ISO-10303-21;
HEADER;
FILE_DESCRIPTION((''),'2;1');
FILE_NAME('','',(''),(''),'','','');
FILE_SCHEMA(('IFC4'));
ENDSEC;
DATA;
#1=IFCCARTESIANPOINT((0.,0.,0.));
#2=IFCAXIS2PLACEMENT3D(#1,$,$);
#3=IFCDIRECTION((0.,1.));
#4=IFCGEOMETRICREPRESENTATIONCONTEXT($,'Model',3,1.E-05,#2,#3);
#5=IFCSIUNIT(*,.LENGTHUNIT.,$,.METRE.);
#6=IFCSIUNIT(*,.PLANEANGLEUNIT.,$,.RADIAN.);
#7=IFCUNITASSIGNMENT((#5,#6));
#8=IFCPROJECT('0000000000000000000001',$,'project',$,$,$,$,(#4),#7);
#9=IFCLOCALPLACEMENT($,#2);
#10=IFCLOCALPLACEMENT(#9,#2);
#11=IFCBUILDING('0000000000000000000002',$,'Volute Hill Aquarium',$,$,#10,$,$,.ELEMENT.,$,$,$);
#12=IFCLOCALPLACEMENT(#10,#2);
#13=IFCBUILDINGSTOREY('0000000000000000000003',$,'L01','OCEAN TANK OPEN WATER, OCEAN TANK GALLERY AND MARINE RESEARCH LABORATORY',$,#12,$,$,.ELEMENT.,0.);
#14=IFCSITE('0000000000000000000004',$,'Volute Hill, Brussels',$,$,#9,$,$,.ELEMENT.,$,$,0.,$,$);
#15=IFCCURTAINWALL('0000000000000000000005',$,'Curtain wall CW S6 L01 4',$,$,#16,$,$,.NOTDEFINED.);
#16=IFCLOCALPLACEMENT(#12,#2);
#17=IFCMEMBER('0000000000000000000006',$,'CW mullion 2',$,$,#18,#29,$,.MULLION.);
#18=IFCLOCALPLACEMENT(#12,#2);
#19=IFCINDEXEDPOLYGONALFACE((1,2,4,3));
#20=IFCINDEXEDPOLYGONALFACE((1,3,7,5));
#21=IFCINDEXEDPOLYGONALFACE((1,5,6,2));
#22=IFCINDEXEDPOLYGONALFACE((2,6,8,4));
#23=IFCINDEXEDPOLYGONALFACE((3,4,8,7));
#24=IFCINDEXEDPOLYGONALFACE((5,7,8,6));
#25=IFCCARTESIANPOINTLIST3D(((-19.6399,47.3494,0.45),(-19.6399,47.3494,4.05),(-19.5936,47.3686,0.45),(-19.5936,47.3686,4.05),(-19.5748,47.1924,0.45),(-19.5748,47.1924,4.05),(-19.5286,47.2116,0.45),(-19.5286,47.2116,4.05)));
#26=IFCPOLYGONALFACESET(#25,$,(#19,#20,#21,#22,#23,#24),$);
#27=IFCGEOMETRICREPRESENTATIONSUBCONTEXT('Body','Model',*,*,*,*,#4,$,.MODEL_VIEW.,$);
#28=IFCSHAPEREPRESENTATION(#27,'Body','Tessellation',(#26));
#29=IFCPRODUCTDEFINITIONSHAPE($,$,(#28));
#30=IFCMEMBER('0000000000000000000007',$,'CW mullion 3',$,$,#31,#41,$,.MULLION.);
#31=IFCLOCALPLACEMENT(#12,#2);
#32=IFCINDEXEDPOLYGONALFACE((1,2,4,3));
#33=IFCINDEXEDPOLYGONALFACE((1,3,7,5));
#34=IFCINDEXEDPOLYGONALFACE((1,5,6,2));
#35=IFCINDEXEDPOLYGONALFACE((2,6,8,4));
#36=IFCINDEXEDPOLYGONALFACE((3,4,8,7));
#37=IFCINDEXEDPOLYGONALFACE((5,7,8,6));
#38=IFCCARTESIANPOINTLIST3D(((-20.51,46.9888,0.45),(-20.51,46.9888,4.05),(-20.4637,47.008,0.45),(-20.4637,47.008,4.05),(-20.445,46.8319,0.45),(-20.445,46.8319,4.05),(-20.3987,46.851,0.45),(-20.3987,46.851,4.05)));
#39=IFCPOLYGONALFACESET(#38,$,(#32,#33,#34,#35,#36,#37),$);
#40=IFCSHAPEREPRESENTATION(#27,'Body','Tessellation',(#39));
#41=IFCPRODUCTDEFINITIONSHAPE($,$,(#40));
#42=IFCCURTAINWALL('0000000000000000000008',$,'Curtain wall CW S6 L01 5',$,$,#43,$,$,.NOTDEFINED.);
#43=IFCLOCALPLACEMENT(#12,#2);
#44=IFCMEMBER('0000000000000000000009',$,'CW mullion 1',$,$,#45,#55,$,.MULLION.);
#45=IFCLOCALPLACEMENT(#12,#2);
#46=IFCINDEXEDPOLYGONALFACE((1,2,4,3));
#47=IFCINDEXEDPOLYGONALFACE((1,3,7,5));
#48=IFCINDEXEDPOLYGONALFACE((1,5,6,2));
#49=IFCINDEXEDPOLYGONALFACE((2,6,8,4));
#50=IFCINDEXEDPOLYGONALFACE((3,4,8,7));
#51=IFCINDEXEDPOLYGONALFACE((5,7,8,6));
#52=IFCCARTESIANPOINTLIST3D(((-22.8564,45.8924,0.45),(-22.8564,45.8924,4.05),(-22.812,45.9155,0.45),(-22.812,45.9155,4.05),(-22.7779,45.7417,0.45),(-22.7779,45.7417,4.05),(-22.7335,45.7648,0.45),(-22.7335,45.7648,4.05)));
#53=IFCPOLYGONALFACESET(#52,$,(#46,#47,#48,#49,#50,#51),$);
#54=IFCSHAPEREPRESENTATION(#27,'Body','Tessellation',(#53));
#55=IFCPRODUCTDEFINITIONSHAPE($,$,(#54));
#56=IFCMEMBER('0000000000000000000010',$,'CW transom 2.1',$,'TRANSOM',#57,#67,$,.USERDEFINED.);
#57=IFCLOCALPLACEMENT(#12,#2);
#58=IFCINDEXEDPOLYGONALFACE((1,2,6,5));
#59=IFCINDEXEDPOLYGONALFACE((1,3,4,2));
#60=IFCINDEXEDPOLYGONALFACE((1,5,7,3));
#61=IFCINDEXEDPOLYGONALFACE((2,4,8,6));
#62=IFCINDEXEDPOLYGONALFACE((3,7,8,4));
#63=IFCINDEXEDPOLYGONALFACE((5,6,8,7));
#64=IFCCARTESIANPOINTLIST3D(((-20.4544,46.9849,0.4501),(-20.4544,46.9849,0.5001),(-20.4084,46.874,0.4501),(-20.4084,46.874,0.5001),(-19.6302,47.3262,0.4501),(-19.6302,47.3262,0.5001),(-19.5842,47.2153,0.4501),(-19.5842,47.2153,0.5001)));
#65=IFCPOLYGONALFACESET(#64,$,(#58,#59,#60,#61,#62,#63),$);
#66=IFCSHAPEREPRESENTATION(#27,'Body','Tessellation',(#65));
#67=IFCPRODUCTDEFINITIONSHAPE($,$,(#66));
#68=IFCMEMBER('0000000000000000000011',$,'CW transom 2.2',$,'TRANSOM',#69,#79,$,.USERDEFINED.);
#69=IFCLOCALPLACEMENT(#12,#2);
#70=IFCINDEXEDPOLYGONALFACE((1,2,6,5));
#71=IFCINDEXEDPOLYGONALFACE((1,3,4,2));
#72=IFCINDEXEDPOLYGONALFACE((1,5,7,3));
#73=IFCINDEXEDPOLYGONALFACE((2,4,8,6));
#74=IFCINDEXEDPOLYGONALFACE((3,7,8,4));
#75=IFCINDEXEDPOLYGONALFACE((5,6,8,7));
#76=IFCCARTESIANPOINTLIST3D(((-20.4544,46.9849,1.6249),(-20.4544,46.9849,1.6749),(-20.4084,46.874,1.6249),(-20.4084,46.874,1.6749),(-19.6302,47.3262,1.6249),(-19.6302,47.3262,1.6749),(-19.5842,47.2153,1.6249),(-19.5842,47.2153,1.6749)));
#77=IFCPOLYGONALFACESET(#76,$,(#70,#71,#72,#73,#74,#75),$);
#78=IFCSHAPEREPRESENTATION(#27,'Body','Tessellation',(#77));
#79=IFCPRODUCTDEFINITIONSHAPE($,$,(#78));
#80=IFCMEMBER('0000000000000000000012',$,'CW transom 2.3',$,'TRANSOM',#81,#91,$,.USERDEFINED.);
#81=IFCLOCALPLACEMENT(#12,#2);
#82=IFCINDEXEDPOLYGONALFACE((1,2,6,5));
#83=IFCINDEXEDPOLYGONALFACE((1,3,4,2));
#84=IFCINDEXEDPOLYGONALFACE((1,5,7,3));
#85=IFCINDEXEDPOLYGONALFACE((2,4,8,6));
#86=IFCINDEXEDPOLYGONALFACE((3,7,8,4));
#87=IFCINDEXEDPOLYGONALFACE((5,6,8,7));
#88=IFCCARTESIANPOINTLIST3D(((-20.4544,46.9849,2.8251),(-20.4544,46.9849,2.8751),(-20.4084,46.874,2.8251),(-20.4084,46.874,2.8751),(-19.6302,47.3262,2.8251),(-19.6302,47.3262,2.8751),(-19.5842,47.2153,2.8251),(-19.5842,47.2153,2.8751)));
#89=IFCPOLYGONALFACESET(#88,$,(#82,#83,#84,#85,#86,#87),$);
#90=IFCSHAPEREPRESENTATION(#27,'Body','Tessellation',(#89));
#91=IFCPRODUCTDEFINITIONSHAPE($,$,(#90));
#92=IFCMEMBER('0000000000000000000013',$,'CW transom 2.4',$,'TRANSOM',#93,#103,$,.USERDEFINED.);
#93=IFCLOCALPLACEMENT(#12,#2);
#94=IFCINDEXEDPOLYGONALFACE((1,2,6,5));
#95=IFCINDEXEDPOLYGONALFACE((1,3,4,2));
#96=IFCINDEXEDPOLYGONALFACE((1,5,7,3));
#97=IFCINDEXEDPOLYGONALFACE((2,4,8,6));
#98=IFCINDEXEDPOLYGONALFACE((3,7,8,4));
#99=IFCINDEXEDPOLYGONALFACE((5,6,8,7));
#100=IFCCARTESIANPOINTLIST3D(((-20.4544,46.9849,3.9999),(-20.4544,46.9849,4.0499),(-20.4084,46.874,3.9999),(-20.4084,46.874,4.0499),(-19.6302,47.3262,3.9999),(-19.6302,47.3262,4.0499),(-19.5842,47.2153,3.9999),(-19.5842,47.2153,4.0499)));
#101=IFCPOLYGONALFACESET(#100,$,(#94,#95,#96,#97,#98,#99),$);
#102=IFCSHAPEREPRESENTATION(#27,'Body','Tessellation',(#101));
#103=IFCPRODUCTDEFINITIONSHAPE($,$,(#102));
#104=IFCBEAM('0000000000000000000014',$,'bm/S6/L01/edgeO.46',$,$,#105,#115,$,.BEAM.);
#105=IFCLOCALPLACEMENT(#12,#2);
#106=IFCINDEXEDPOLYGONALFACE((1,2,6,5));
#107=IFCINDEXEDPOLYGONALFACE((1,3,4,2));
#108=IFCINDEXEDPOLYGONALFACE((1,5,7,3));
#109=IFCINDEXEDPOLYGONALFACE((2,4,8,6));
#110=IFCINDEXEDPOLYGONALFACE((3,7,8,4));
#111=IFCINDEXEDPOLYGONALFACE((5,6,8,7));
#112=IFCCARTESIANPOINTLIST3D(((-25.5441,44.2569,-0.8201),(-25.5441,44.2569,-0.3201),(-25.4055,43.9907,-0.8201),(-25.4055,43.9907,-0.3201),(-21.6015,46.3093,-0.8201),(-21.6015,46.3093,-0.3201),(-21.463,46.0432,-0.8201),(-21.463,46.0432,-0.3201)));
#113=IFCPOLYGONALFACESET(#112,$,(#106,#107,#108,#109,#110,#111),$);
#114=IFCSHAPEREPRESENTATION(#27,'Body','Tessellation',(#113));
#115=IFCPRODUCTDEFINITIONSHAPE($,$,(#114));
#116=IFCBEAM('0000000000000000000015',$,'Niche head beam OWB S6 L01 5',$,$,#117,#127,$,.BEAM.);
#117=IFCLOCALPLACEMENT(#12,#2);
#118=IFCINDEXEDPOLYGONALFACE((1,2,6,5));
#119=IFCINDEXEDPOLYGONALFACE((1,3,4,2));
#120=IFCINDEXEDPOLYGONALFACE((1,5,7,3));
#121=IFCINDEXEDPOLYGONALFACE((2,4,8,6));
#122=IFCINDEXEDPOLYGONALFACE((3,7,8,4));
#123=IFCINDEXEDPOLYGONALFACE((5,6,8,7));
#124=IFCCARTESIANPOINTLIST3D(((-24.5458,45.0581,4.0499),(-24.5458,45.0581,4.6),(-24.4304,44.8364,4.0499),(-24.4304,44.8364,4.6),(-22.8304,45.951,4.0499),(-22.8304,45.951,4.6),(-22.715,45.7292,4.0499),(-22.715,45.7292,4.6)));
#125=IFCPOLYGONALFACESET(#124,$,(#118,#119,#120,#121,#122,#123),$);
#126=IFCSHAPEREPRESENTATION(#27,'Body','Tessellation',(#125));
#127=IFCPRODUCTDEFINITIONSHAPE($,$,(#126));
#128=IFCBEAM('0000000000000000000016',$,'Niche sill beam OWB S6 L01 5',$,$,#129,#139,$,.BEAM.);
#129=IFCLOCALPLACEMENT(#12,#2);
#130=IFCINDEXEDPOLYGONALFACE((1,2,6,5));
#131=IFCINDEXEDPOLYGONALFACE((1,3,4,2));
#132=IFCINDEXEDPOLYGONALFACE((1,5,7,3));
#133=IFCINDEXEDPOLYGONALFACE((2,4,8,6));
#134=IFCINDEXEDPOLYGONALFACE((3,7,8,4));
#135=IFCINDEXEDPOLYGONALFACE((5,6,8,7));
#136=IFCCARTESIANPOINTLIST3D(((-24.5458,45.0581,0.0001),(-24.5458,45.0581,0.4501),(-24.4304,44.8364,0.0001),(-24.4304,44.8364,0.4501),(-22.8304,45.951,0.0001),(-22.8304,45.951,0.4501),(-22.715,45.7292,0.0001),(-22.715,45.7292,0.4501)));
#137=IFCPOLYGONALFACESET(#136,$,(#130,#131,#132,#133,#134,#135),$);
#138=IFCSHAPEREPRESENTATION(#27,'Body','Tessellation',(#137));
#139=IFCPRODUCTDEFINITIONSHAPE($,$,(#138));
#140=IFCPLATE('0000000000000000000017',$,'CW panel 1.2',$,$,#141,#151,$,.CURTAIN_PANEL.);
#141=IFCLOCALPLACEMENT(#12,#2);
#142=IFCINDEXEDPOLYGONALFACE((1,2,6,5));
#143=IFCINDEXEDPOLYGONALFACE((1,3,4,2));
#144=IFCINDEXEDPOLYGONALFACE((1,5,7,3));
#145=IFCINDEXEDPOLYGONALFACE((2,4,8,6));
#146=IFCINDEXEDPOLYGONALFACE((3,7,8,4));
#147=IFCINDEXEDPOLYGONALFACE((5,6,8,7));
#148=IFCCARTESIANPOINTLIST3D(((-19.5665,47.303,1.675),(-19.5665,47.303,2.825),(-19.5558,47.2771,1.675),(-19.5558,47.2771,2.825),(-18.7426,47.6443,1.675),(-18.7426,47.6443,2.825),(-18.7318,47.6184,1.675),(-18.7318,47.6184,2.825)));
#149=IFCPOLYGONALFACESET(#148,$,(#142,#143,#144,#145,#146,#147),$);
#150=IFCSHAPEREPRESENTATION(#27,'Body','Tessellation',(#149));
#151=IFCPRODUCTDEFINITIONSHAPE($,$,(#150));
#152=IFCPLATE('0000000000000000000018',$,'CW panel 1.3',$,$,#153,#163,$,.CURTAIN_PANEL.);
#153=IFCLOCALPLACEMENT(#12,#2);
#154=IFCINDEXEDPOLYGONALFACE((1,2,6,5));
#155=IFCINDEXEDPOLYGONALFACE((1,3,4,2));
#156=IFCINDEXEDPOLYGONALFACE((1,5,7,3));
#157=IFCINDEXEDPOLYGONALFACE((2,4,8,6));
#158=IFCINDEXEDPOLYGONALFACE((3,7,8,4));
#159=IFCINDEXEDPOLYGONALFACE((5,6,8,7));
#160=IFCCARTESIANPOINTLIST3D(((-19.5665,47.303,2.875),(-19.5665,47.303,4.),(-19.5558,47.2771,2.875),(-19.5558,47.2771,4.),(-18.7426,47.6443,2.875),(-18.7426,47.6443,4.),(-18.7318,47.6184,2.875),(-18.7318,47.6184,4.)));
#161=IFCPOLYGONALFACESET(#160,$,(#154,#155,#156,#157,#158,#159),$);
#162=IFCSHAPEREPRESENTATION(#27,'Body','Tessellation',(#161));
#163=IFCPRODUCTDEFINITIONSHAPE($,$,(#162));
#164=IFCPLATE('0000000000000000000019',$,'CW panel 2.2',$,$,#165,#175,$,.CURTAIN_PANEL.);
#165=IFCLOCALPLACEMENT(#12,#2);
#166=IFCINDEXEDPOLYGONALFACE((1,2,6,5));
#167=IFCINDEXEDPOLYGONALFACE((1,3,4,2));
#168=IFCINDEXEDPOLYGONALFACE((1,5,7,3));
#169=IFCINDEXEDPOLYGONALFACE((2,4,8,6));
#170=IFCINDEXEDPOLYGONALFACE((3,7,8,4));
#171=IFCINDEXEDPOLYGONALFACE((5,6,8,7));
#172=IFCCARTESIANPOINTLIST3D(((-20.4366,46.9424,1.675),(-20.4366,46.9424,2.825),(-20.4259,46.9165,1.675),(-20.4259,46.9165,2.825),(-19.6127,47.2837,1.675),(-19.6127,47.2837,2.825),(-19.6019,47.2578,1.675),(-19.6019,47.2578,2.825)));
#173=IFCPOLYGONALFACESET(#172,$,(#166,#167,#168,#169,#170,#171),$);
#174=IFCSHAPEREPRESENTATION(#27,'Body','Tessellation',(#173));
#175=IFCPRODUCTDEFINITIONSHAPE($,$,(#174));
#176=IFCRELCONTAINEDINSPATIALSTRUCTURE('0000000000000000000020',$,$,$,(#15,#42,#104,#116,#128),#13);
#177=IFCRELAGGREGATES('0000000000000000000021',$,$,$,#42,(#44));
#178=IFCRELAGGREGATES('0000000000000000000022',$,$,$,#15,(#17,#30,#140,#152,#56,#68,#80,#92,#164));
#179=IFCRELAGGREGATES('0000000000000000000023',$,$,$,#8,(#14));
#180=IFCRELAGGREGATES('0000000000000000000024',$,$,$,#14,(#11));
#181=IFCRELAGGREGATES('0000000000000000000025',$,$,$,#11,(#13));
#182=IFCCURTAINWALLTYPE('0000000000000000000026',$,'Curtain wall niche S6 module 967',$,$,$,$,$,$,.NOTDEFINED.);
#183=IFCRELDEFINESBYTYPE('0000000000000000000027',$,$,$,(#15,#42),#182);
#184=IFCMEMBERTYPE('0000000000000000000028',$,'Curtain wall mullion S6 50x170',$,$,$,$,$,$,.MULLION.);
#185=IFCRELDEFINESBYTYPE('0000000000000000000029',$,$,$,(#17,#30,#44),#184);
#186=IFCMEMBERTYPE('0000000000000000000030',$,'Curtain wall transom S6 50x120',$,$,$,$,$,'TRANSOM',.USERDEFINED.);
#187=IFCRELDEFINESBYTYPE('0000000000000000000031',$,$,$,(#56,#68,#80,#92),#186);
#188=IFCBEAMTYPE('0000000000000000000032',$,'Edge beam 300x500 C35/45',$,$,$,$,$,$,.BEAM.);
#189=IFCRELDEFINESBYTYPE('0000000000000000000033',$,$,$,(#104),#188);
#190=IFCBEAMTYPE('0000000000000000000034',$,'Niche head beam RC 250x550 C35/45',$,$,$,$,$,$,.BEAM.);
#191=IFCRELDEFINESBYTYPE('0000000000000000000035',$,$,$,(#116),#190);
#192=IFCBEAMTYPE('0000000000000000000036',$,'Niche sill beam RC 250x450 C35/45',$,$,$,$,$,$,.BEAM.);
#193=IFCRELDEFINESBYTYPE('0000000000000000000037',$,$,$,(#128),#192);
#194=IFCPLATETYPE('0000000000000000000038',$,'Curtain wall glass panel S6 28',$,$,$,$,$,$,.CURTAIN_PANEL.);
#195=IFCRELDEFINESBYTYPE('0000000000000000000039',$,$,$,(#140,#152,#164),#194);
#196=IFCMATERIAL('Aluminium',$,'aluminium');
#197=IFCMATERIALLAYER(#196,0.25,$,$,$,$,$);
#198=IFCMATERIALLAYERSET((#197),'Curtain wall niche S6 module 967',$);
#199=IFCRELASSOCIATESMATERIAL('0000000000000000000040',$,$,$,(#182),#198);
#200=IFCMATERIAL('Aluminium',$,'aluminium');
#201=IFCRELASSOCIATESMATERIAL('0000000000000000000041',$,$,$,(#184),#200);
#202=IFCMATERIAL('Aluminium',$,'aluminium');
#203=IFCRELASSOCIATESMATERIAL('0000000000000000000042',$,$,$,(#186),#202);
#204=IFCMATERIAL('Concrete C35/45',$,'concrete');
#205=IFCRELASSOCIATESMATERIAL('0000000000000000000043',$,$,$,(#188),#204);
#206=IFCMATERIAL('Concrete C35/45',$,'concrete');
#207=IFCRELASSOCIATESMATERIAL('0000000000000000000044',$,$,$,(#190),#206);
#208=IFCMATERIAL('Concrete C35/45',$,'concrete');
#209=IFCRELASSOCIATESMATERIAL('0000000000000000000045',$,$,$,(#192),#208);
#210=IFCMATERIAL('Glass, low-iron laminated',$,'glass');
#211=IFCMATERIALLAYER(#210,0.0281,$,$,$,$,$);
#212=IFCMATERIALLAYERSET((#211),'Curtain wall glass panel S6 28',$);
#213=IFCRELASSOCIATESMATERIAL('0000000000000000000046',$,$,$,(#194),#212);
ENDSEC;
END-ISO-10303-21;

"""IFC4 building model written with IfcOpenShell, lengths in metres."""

from ifc_helpers import new_model, si_unit, direction, frame, origin, origin_2d, place, context, subcontext, project, spatial, rectangle, extrude, material, layer, layer_set, material_profile, profile_set, type_object, element, aggregate, save


model = new_model("IFC4")

# Units and contexts
model_context = context("Model", 3, precision=1e-05, world=origin(), true_north=direction((0.0, 1.0)))
body_context = subcontext(model_context, "Body", "Model", "MODEL_VIEW")
ifc_project = project(units=[si_unit("LENGTHUNIT", "METRE"), si_unit("PLANEANGLEUNIT", "RADIAN")], contexts=[model_context])

# Site, building, storey
site_placement = place(None, origin())
site = spatial("IfcSite", under=ifc_project, at=site_placement, Name="Volute Hill, Brussels", CompositionType="ELEMENT", RefElevation=0.0)
building_placement = place(site_placement, origin())
building = spatial("IfcBuilding", under=site, at=building_placement, Name="Volute Hill Aquarium", CompositionType="ELEMENT")
storey_placement = place(building_placement, origin())
storey = spatial("IfcBuildingStorey", under=building, at=storey_placement, Name="L01", Description="OCEAN TANK OPEN WATER, OCEAN TANK GALLERY AND MARINE RESEARCH LABORATORY", CompositionType="ELEMENT", Elevation=0.0)

# Curtain wall, members
ifc_material_1 = material(Name="Aluminium", Category="aluminium")
ifc_layer_1 = layer(ifc_material_1, 0.25)
ifc_layer_set_1 = layer_set([ifc_layer_1], Name="Curtain wall niche S6 module 967")
curtain_wall_type = type_object("IfcCurtainWallType", Name="Curtain wall niche S6 module 967", PredefinedType="NOTDEFINED", material=ifc_layer_set_1)
curtain_wall_1_placement = place(storey_placement, origin())
curtain_wall_1 = element("IfcCurtainWall", 1, at=curtain_wall_1_placement, inside=storey, type_object=curtain_wall_type, Name="Curtain wall CW S6 L01 4", PredefinedType="NOTDEFINED")
ifc_material_2 = material(Name="Aluminium", Category="aluminium")
ifc_material_profile_1 = material_profile(ifc_material_2, rectangle(XDim=0.1699, YDim=0.05, at=origin_2d()), Name="Curtain wall mullion S6 50x170")
ifc_profile_set_1 = profile_set([ifc_material_profile_1], Name="Aluminium")
member_type_1 = type_object("IfcMemberType", Name="Curtain wall mullion S6 50x170", PredefinedType="MULLION", material=ifc_profile_set_1)
member_1_placement = place(storey_placement, frame((-19.5842, 47.2805, 0.45), z_axis=(0.0, 0.0, 1.0), x_axis=(0.38268, -0.923881, 0.0)))
member_1 = element("IfcMember", 2, at=member_1_placement, type_object=member_type_1, Name="CW mullion 2", PredefinedType="MULLION", context=body_context, shape_type="SweptSolid", body=[
    extrude(rectangle(XDim=0.1699, YDim=0.05, at=origin_2d()), origin(), (0.0, 0.0, 1.0), 3.6001),
])
member_2_placement = place(storey_placement, frame((-20.4543, 46.9199, 0.45), z_axis=(0.0, 0.0, 1.0), x_axis=(0.38268, -0.923881, 0.0)))
member_2 = element("IfcMember", 3, at=member_2_placement, type_object=member_type_1, Name="CW mullion 3", PredefinedType="MULLION", context=body_context, shape_type="SweptSolid", body=[
    extrude(rectangle(XDim=0.1699, YDim=0.05, at=origin_2d()), origin(), (0.0, 0.0, 1.0), 3.6001),
])

# Curtain wall, member
curtain_wall_2_placement = place(storey_placement, origin())
curtain_wall_2 = element("IfcCurtainWall", 4, at=curtain_wall_2_placement, inside=storey, type_object=curtain_wall_type, Name="Curtain wall CW S6 L01 5", PredefinedType="NOTDEFINED")
member_3_placement = place(storey_placement, frame((-22.7949, 45.8286, 0.45), z_axis=(0.0, 0.0, 1.0), x_axis=(0.46176, -0.887005, 0.0)))
member_3 = element("IfcMember", 5, at=member_3_placement, type_object=member_type_1, Name="CW mullion 1", PredefinedType="MULLION", context=body_context, shape_type="SweptSolid", body=[
    extrude(rectangle(XDim=0.1699, YDim=0.05, at=origin_2d()), origin(), (0.0, 0.0, 1.0), 3.6001),
])
aggregate(curtain_wall_2, [member_3])

# Members
ifc_material_3 = material(Name="Aluminium", Category="aluminium")
ifc_material_profile_2 = material_profile(ifc_material_3, rectangle(XDim=0.1201, YDim=0.05, at=origin_2d()), Name="Curtain wall transom S6 50x120")
ifc_profile_set_2 = profile_set([ifc_material_profile_2], Name="Aluminium")
member_type_2 = type_object("IfcMemberType", Name="Curtain wall transom S6 50x120", ElementType="TRANSOM", PredefinedType="USERDEFINED", material=ifc_profile_set_2)
member_4_placement = place(storey_placement, frame((-19.6072, 47.2708, 0.4751), z_axis=(-0.923917, -0.382594, 0.0), x_axis=(0.382594, -0.923917, 0.0)))
member_4 = element("IfcMember", 6, at=member_4_placement, type_object=member_type_2, Name="CW transom 2.1", ObjectType="TRANSOM", PredefinedType="USERDEFINED", context=body_context, shape_type="SweptSolid", body=[
    extrude(rectangle(XDim=0.1201, YDim=0.05, at=origin_2d()), origin(), (0.0, 0.0, 1.0), 0.8921),
])
member_5_placement = place(storey_placement, frame((-19.6072, 47.2708, 1.6499), z_axis=(-0.923917, -0.382594, 0.0), x_axis=(0.382594, -0.923917, 0.0)))
member_5 = element("IfcMember", 7, at=member_5_placement, type_object=member_type_2, Name="CW transom 2.2", ObjectType="TRANSOM", PredefinedType="USERDEFINED", context=body_context, shape_type="SweptSolid", body=[
    extrude(rectangle(XDim=0.1201, YDim=0.05, at=origin_2d()), origin(), (0.0, 0.0, 1.0), 0.8921),
])
member_6_placement = place(storey_placement, frame((-19.6072, 47.2708, 2.8501), z_axis=(-0.923917, -0.382594, 0.0), x_axis=(0.382594, -0.923917, 0.0)))
member_6 = element("IfcMember", 8, at=member_6_placement, type_object=member_type_2, Name="CW transom 2.3", ObjectType="TRANSOM", PredefinedType="USERDEFINED", context=body_context, shape_type="SweptSolid", body=[
    extrude(rectangle(XDim=0.1201, YDim=0.05, at=origin_2d()), origin(), (0.0, 0.0, 1.0), 0.8921),
])
member_7_placement = place(storey_placement, frame((-19.6072, 47.2708, 4.0249), z_axis=(-0.923917, -0.382594, 0.0), x_axis=(0.382594, -0.923917, 0.0)))
member_7 = element("IfcMember", 9, at=member_7_placement, type_object=member_type_2, Name="CW transom 2.4", ObjectType="TRANSOM", PredefinedType="USERDEFINED", context=body_context, shape_type="SweptSolid", body=[
    extrude(rectangle(XDim=0.1201, YDim=0.05, at=origin_2d()), origin(), (0.0, 0.0, 1.0), 0.8921),
])

# Beams
ifc_material_4 = material(Name="Concrete C35/45", Category="concrete")
ifc_material_profile_3 = material_profile(ifc_material_4, rectangle(XDim=0.3, YDim=0.5, at=origin_2d()), Name="RC edge beam 300x500")
ifc_profile_set_3 = profile_set([ifc_material_profile_3], Name="Concrete C35/45")
beam_type_1 = type_object("IfcBeamType", Name="Edge beam 300x500 C35/45", PredefinedType="BEAM", material=ifc_profile_set_3)
beam_1_placement = place(storey_placement, frame((-21.5322, 46.1763, -0.5701), z_axis=(-0.887003, -0.461764, 0.0), x_axis=(0.461764, -0.887003, 0.0)))
element("IfcBeam", 10, at=beam_1_placement, inside=storey, type_object=beam_type_1, Name="bm/S6/L01/edgeO.46", PredefinedType="BEAM", context=body_context, shape_type="SweptSolid", body=[
    extrude(rectangle(XDim=0.3, YDim=0.5, at=origin_2d()), origin(), (0.0, 0.0, 1.0), 4.4448),
])
ifc_material_5 = material(Name="Concrete C35/45", Category="concrete")
ifc_material_profile_4 = material_profile(ifc_material_5, rectangle(XDim=0.25, YDim=0.55, at=origin_2d()), Name="RC beam 250x550")
ifc_profile_set_4 = profile_set([ifc_material_profile_4], Name="Concrete C35/45")
beam_type_2 = type_object("IfcBeamType", Name="Niche head beam RC 250x550 C35/45", PredefinedType="BEAM", material=ifc_profile_set_4)
beam_2_placement = place(storey_placement, frame((-22.7727, 45.8401, 4.325), z_axis=(-0.887037, -0.461699, 0.0), x_axis=(0.461699, -0.887037, 0.0)))
element("IfcBeam", 11, at=beam_2_placement, inside=storey, type_object=beam_type_2, Name="Niche head beam OWB S6 L01 5", PredefinedType="BEAM", context=body_context, shape_type="SweptSolid", body=[
    extrude(rectangle(XDim=0.25, YDim=0.55, at=origin_2d()), origin(), (0.0, 0.0, 1.0), 1.9338),
])
ifc_material_6 = material(Name="Concrete C35/45", Category="concrete")
ifc_material_profile_5 = material_profile(ifc_material_6, rectangle(XDim=0.25, YDim=0.45, at=origin_2d()), Name="RC beam 250x450")
ifc_profile_set_5 = profile_set([ifc_material_profile_5], Name="Concrete C35/45")
beam_type_3 = type_object("IfcBeamType", Name="Niche sill beam RC 250x450 C35/45", PredefinedType="BEAM", material=ifc_profile_set_5)
beam_3_placement = place(storey_placement, frame((-22.7727, 45.8401, 0.2251), z_axis=(-0.887037, -0.461699, 0.0), x_axis=(0.461699, -0.887037, 0.0)))
element("IfcBeam", 12, at=beam_3_placement, inside=storey, type_object=beam_type_3, Name="Niche sill beam OWB S6 L01 5", PredefinedType="BEAM", context=body_context, shape_type="SweptSolid", body=[
    extrude(rectangle(XDim=0.25, YDim=0.45, at=origin_2d()), origin(), (0.0, 0.0, 1.0), 1.9338),
])

# Plates
ifc_material_7 = material(Name="Glass, low-iron laminated", Category="glass")
ifc_layer_2 = layer(ifc_material_7, 0.0281)
ifc_layer_set_2 = layer_set([ifc_layer_2], Name="Curtain wall glass panel S6 28")
plate_type_1 = type_object("IfcPlateType", Name="Curtain wall glass panel S6 28", PredefinedType="CURTAIN_PANEL", material=ifc_layer_set_2)
plate_1_placement = place(storey_placement, frame((-19.1492, 47.4607, 1.675), z_axis=(0.0, 0.0, 1.0), x_axis=(-0.923881, -0.38268, 0.0)))
plate_1 = element("IfcPlate", 13, at=plate_1_placement, type_object=plate_type_1, Name="CW panel 1.2", PredefinedType="CURTAIN_PANEL", context=body_context, shape_type="SweptSolid", body=[
    extrude(rectangle(XDim=0.8918, YDim=0.0281, at=origin_2d()), origin(), (0.0, 0.0, 1.0), 1.1499),
])
plate_2_placement = place(storey_placement, frame((-19.1492, 47.4607, 2.875), z_axis=(0.0, 0.0, 1.0), x_axis=(-0.923881, -0.38268, 0.0)))
plate_2 = element("IfcPlate", 14, at=plate_2_placement, type_object=plate_type_1, Name="CW panel 1.3", PredefinedType="CURTAIN_PANEL", context=body_context, shape_type="SweptSolid", body=[
    extrude(rectangle(XDim=0.8918, YDim=0.0281, at=origin_2d()), origin(), (0.0, 0.0, 1.0), 1.125),
])
plate_3_placement = place(storey_placement, frame((-20.0193, 47.1001, 1.675), z_axis=(0.0, 0.0, 1.0), x_axis=(-0.923881, -0.38268, 0.0)))
plate_3 = element("IfcPlate", 15, at=plate_3_placement, type_object=plate_type_1, Name="CW panel 2.2", PredefinedType="CURTAIN_PANEL", context=body_context, shape_type="SweptSolid", body=[
    extrude(rectangle(XDim=0.8918, YDim=0.0281, at=origin_2d()), origin(), (0.0, 0.0, 1.0), 1.1499),
])
aggregate(curtain_wall_1, [member_1, member_2, plate_1, plate_2, member_4, member_5, member_6, member_7, plate_3])

save(model, "model.ifc")
